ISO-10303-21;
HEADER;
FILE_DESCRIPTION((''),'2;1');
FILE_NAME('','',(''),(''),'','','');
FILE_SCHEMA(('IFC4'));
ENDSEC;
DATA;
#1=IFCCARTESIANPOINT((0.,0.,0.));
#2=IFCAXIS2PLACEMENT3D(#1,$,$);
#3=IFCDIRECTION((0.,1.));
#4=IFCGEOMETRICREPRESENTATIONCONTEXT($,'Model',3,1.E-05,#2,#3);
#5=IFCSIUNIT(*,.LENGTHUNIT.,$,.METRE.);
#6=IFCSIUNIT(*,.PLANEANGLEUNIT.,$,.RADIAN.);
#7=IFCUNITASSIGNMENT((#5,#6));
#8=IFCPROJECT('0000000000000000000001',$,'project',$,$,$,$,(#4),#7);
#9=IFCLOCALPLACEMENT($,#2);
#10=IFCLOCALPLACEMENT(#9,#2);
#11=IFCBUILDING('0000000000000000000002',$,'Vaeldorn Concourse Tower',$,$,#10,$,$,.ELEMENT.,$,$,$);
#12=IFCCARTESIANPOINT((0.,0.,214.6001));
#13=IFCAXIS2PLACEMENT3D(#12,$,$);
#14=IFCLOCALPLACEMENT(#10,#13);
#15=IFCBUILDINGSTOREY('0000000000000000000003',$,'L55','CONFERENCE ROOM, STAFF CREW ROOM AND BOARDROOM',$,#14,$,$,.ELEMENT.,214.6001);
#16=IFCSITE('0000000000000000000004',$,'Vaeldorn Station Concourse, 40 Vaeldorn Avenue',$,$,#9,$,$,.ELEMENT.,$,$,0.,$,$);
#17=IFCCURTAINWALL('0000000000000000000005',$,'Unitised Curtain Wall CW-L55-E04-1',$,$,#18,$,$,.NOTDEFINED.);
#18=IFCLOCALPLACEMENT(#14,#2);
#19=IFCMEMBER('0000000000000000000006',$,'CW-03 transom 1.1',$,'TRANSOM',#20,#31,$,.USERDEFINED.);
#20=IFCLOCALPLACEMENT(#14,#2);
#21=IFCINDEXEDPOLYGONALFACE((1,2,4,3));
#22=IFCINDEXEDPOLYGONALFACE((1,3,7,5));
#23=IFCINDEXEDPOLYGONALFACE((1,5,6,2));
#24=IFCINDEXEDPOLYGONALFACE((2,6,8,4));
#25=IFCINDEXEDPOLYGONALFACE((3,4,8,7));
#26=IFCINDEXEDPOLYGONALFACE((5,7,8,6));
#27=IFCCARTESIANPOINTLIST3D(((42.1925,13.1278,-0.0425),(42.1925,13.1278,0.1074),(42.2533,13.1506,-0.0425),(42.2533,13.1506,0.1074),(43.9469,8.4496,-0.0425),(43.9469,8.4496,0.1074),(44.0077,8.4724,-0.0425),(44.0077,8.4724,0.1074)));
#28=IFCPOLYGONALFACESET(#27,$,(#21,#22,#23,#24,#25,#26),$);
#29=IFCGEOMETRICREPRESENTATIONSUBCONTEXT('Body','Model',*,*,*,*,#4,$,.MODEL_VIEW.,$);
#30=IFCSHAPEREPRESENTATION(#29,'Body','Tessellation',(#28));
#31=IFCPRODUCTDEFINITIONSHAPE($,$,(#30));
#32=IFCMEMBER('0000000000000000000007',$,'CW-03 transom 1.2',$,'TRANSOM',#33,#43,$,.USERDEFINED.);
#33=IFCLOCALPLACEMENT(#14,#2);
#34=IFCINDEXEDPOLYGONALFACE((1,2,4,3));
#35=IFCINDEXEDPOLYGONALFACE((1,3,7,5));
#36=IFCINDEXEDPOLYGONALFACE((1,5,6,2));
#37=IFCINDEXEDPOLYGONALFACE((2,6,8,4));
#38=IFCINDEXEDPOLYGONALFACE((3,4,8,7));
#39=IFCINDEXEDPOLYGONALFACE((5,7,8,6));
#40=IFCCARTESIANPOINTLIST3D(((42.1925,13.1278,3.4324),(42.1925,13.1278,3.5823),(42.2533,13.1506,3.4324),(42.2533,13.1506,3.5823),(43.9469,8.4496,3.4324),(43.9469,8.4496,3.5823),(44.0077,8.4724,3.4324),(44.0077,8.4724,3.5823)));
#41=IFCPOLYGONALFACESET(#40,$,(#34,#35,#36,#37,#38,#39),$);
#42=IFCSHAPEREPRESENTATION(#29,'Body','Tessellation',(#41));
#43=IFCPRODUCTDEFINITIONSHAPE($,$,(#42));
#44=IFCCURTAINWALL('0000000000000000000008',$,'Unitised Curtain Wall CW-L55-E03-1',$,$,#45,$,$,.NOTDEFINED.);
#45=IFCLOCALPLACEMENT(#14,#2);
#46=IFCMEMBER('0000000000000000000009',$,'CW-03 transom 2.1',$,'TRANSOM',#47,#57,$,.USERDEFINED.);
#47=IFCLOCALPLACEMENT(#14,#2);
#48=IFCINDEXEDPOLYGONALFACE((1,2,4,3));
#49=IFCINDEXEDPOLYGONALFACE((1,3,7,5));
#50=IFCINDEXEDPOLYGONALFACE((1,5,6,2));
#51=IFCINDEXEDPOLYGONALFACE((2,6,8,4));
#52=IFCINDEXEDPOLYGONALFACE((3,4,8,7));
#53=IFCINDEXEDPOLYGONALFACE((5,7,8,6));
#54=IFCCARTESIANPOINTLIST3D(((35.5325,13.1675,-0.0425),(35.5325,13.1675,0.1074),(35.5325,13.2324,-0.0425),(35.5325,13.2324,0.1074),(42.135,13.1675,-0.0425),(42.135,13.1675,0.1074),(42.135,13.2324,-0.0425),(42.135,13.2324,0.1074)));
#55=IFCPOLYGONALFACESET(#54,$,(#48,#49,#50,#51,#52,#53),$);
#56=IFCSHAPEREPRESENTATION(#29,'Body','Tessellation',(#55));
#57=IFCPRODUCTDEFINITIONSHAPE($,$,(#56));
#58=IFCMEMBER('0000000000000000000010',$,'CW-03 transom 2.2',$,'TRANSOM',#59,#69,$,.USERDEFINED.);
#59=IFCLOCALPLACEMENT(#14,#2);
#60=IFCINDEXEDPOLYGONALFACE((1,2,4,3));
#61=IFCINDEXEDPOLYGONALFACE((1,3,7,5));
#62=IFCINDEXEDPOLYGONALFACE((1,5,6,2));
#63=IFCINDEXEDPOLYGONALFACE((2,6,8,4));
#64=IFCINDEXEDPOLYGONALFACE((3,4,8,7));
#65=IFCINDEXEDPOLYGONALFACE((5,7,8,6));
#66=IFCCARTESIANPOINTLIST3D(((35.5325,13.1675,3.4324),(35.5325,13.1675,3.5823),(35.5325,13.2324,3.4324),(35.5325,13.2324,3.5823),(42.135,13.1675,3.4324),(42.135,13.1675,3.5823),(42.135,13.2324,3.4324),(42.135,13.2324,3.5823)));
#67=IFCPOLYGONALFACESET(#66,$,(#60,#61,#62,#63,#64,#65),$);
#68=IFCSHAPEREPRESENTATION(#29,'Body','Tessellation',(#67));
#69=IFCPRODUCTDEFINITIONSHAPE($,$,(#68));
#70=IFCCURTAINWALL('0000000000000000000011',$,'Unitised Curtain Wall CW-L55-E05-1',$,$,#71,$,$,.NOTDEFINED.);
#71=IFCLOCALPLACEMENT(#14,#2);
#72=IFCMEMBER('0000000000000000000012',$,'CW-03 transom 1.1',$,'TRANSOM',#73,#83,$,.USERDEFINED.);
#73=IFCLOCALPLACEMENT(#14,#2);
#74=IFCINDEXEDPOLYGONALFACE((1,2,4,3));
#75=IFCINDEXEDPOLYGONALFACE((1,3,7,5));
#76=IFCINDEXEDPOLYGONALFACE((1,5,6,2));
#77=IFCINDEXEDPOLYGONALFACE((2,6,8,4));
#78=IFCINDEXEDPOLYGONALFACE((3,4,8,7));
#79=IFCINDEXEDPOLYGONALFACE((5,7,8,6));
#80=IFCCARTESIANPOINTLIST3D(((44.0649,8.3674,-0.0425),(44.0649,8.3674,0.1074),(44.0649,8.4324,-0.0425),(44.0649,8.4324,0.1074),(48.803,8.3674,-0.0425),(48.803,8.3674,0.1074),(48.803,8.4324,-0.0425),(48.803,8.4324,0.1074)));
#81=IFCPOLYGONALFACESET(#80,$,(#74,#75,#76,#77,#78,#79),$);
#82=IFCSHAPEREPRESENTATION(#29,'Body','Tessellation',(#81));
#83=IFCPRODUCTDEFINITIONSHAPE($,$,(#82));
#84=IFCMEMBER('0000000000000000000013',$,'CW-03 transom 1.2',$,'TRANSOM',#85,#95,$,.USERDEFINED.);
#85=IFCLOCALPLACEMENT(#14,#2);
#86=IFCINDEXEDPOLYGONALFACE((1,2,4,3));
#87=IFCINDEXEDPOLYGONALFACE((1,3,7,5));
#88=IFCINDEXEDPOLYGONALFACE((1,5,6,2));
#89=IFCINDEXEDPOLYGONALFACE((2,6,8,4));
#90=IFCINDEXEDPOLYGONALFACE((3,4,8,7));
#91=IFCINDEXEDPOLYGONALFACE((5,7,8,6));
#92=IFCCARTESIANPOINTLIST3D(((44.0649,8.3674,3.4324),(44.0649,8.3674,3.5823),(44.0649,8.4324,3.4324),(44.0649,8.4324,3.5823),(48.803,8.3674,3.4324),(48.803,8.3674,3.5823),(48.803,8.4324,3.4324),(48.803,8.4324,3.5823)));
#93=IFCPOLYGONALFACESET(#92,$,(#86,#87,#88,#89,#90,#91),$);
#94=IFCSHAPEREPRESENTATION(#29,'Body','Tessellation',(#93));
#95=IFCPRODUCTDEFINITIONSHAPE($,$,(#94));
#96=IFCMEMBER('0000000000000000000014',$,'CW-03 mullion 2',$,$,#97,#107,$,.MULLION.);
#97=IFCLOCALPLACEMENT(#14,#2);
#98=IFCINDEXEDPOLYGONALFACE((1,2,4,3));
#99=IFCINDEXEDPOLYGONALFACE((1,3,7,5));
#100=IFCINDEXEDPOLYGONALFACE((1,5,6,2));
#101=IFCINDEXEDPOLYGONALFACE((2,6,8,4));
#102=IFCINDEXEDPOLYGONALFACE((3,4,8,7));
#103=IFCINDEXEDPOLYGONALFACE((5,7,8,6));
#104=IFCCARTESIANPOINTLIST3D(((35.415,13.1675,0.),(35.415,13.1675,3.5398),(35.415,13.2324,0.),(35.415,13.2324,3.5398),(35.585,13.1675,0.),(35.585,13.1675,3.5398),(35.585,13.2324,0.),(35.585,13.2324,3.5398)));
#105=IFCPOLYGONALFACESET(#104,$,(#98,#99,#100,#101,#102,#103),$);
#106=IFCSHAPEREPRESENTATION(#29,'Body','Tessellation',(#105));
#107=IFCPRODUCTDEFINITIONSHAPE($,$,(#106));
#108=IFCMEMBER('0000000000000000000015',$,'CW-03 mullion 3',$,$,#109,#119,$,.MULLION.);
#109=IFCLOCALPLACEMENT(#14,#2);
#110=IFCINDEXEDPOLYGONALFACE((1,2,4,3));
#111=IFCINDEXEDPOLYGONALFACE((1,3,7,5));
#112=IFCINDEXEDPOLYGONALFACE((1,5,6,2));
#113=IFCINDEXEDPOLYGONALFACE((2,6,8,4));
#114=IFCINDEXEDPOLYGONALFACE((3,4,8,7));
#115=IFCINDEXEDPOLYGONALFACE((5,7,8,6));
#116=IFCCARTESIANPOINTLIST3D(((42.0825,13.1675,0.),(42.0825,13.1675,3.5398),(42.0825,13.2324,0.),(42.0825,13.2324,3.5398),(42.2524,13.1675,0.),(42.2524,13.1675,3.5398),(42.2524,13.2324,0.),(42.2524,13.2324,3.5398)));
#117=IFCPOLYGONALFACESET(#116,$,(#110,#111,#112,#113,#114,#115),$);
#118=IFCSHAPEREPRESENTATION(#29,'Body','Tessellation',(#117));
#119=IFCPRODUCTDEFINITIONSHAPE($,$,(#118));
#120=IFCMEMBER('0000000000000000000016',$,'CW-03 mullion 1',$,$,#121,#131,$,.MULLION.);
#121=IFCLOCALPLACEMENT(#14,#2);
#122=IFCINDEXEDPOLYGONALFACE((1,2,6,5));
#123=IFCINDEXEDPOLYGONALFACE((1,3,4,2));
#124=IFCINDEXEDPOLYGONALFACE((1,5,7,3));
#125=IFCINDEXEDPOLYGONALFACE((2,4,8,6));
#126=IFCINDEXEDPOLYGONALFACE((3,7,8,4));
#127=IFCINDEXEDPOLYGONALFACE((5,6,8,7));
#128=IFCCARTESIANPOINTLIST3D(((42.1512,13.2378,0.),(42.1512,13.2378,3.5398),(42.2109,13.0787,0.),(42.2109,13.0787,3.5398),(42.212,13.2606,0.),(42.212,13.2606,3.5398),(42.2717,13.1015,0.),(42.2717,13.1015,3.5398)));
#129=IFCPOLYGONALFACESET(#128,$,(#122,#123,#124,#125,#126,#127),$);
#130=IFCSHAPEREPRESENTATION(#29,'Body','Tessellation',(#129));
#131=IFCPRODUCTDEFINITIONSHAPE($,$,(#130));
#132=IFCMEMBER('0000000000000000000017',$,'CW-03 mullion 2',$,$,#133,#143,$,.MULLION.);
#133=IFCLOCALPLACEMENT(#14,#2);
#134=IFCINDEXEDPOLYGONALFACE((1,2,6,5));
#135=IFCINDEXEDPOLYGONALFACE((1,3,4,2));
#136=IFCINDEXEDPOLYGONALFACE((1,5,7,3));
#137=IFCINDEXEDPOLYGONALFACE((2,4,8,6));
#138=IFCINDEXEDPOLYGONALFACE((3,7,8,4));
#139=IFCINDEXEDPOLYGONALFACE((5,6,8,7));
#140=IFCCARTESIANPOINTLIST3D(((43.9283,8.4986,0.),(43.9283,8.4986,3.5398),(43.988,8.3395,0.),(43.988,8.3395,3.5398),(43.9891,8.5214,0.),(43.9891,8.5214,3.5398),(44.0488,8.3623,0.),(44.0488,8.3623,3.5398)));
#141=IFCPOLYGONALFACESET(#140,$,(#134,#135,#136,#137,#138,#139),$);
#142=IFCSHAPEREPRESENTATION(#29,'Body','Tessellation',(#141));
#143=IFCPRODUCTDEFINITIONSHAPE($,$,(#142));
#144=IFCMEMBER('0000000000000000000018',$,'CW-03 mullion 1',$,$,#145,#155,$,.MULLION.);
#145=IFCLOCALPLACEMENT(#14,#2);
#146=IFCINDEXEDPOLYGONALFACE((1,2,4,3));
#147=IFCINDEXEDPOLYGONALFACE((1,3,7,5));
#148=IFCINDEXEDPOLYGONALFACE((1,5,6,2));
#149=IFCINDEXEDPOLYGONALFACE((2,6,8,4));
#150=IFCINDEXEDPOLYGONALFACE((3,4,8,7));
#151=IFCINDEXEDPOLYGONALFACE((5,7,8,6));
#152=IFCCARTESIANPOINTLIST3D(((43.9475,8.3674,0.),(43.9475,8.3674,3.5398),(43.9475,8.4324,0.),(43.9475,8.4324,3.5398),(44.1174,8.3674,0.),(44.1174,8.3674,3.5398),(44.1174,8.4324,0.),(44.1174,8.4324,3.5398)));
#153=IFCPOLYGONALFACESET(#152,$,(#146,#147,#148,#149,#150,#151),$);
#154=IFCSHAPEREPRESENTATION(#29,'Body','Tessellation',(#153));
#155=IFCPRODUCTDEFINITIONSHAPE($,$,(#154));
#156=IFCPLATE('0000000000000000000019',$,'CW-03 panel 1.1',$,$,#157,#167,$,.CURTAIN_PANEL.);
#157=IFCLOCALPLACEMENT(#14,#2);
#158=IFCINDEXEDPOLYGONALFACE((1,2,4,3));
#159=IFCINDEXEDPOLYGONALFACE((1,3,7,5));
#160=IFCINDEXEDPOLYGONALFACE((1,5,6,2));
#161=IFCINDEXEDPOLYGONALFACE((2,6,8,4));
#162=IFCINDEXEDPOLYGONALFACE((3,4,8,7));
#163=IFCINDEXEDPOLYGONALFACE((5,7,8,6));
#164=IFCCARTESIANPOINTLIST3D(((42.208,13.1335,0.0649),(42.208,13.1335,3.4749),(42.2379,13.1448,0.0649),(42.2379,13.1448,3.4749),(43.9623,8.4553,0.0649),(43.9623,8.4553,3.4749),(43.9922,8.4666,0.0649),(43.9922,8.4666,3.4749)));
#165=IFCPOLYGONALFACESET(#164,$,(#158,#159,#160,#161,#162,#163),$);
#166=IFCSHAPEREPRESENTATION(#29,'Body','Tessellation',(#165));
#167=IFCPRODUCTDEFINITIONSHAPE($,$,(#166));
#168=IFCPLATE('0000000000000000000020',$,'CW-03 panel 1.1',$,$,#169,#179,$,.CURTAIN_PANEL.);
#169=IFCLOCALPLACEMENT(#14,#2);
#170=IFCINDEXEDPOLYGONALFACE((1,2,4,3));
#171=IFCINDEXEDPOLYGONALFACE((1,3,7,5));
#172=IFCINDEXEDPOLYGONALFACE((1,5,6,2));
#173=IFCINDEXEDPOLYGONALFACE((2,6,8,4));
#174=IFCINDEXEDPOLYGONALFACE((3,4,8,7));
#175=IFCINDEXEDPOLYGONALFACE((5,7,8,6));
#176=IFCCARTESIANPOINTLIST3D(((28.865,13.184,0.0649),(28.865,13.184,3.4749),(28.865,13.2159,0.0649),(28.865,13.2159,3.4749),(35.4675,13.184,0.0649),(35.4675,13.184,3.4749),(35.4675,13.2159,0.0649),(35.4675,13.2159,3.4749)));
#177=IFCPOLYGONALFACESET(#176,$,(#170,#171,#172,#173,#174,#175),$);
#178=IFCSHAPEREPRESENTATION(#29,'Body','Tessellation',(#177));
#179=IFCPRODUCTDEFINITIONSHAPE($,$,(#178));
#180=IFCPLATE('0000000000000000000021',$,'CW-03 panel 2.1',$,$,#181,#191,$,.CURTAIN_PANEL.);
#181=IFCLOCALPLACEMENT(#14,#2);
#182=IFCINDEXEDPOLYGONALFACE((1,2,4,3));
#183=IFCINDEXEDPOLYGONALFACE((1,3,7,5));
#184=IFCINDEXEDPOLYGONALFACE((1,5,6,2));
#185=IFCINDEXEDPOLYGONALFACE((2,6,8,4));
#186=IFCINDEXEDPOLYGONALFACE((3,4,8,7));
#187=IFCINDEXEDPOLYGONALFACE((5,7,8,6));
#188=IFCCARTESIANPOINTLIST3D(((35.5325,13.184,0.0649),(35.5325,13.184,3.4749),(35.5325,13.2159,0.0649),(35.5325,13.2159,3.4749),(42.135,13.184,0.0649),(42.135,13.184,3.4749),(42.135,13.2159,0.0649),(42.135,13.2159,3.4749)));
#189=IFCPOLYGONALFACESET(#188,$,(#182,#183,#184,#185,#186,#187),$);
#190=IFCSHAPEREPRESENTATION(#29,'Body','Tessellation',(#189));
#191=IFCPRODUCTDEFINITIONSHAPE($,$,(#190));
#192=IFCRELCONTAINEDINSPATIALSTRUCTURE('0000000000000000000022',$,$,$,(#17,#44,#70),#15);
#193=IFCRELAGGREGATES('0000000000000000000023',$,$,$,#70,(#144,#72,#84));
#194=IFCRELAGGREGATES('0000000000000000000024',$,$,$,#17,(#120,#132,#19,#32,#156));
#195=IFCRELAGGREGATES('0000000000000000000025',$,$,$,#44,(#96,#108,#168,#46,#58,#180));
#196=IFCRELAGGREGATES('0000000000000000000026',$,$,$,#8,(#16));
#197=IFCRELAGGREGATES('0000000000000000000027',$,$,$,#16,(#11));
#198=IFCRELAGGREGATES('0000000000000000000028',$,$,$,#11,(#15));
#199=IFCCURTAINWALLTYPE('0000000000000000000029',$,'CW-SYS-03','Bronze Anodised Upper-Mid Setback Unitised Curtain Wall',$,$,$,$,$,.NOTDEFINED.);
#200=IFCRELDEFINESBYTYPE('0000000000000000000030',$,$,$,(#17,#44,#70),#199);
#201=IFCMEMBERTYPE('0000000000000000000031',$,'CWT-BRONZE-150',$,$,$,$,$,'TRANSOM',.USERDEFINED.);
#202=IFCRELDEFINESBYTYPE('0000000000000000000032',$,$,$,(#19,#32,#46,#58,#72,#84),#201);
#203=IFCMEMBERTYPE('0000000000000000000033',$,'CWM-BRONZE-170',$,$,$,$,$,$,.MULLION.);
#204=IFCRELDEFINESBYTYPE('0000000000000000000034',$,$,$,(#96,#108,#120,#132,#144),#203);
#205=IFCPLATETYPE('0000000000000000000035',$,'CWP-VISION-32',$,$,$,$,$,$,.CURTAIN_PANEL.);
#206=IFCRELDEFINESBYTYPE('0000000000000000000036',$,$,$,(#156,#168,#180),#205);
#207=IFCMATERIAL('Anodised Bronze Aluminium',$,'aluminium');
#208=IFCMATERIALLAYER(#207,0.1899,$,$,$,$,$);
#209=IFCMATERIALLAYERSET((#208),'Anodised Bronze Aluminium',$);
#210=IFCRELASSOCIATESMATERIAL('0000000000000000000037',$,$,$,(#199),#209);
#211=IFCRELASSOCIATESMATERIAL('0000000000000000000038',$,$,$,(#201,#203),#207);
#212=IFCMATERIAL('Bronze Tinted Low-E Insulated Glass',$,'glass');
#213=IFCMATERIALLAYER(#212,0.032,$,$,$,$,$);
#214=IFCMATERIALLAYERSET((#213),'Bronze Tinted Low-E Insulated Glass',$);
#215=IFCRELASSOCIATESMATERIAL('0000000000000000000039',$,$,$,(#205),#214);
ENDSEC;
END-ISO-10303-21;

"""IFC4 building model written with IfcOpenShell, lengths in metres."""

from ifc_helpers import new_model, si_unit, direction, frame, origin, origin_2d, place, context, subcontext, project, spatial, rectangle, extrude, source, transform, mapped, material, layer, layer_set, material_profile, profile_set, type_object, element, aggregate, save


model = new_model("IFC4")

# Units and contexts
model_context = context("Model", 3, precision=1e-05, world=origin(), true_north=direction((0.0, 1.0)))
body_context = subcontext(model_context, "Body", "Model", "MODEL_VIEW")
ifc_project = project(units=[si_unit("LENGTHUNIT", "METRE"), si_unit("PLANEANGLEUNIT", "RADIAN")], contexts=[model_context])

# Site, building, storey
site_placement = place(None, origin())
site = spatial("IfcSite", under=ifc_project, at=site_placement, Name="Vaeldorn Station Concourse, 40 Vaeldorn Avenue", CompositionType="ELEMENT", RefElevation=0.0)
building_placement = place(site_placement, origin())
building = spatial("IfcBuilding", under=site, at=building_placement, Name="Vaeldorn Concourse Tower", CompositionType="ELEMENT")
storey_placement = place(building_placement, frame((0.0, 0.0, 214.6001)))
storey = spatial("IfcBuildingStorey", under=building, at=storey_placement, Name="L55", Description="CONFERENCE ROOM, STAFF CREW ROOM AND BOARDROOM", CompositionType="ELEMENT", Elevation=214.6001)

# Curtain walls, members
ifc_material_1 = material(Name="Anodised Bronze Aluminium", Category="aluminium")
ifc_layer_1 = layer(ifc_material_1, 0.1899)
ifc_layer_set_1 = layer_set([ifc_layer_1], Name="Anodised Bronze Aluminium")
curtain_wall_type = type_object("IfcCurtainWallType", Name="CW-SYS-03", Description="Bronze Anodised Upper-Mid Setback Unitised Curtain Wall", PredefinedType="NOTDEFINED", material=ifc_layer_set_1)
curtain_wall_1_placement = place(storey_placement, origin())
curtain_wall_1 = element("IfcCurtainWall", 1, at=curtain_wall_1_placement, inside=storey, type_object=curtain_wall_type, Name="Unitised Curtain Wall CW-L55-E04-1", PredefinedType="NOTDEFINED")
ifc_material_profile_1 = material_profile(ifc_material_1, rectangle(XDim=0.0649, YDim=0.1499, at=origin_2d()), Name="CWT 65x150")
ifc_profile_set_1 = profile_set([ifc_material_profile_1], Name="Anodised Bronze Aluminium")
member_type_1 = type_object("IfcMemberType", Name="CWT-BRONZE-150", ElementType="TRANSOM", PredefinedType="USERDEFINED", material=ifc_profile_set_1)
shared_shape_1 = source(origin(), body_context, "Body", "SweptSolid", [
    extrude(rectangle(XDim=0.0649, YDim=0.1499, at=origin_2d()), origin(), (0.0, 0.0, 1.0), 4.9963),
])
member_1_placement = place(storey_placement, frame((42.2229, 13.1392, 0.0325), z_axis=(0.351134, -0.936325, 0.0), x_axis=(0.936325, 0.351134, 0.0)))
member_1 = element("IfcMember", 2, at=member_1_placement, type_object=member_type_1, Name="CW-03 transom 1.1", ObjectType="TRANSOM", PredefinedType="USERDEFINED", context=body_context, shape_type="MappedRepresentation", body=[
    mapped(shared_shape_1, transform((0.0, 0.0, 0.0), scale=1.0)),
])
member_2_placement = place(storey_placement, frame((42.2229, 13.1392, 3.5073), z_axis=(0.351134, -0.936325, 0.0), x_axis=(0.936325, 0.351134, 0.0)))
member_2 = element("IfcMember", 3, at=member_2_placement, type_object=member_type_1, Name="CW-03 transom 1.2", ObjectType="TRANSOM", PredefinedType="USERDEFINED", context=body_context, shape_type="MappedRepresentation", body=[
    mapped(shared_shape_1, transform((0.0, 0.0, 0.0), scale=1.0)),
])
curtain_wall_2_placement = place(storey_placement, origin())
curtain_wall_2 = element("IfcCurtainWall", 4, at=curtain_wall_2_placement, inside=storey, type_object=curtain_wall_type, Name="Unitised Curtain Wall CW-L55-E03-1", PredefinedType="NOTDEFINED")
shared_shape_2 = source(origin(), body_context, "Body", "SweptSolid", [
    extrude(rectangle(XDim=0.0649, YDim=0.1499, at=origin_2d()), origin(), (0.0, 0.0, 1.0), 6.6025),
])
member_3_placement = place(storey_placement, frame((35.5325, 13.2, 0.0325), z_axis=(1.0, 0.0, 0.0), x_axis=(0.0, 1.0, 0.0)))
member_3 = element("IfcMember", 5, at=member_3_placement, type_object=member_type_1, Name="CW-03 transom 2.1", ObjectType="TRANSOM", PredefinedType="USERDEFINED", context=body_context, shape_type="MappedRepresentation", body=[
    mapped(shared_shape_2, transform((0.0, 0.0, 0.0), scale=1.0)),
])
member_4_placement = place(storey_placement, frame((35.5325, 13.2, 3.5073), z_axis=(1.0, 0.0, 0.0), x_axis=(0.0, 1.0, 0.0)))
member_4 = element("IfcMember", 6, at=member_4_placement, type_object=member_type_1, Name="CW-03 transom 2.2", ObjectType="TRANSOM", PredefinedType="USERDEFINED", context=body_context, shape_type="MappedRepresentation", body=[
    mapped(shared_shape_2, transform((0.0, 0.0, 0.0), scale=1.0)),
])
curtain_wall_3_placement = place(storey_placement, origin())
curtain_wall_3 = element("IfcCurtainWall", 7, at=curtain_wall_3_placement, inside=storey, type_object=curtain_wall_type, Name="Unitised Curtain Wall CW-L55-E05-1", PredefinedType="NOTDEFINED")
shared_shape_3 = source(origin(), body_context, "Body", "SweptSolid", [
    extrude(rectangle(XDim=0.0649, YDim=0.1499, at=origin_2d()), origin(), (0.0, 0.0, 1.0), 4.738),
])
member_5_placement = place(storey_placement, frame((44.0649, 8.3999, 0.0325), z_axis=(1.0, 0.0, 0.0), x_axis=(0.0, 1.0, 0.0)))
member_5 = element("IfcMember", 8, at=member_5_placement, type_object=member_type_1, Name="CW-03 transom 1.1", ObjectType="TRANSOM", PredefinedType="USERDEFINED", context=body_context, shape_type="MappedRepresentation", body=[
    mapped(shared_shape_3, transform((0.0, 0.0, 0.0), scale=1.0)),
])
member_6_placement = place(storey_placement, frame((44.0649, 8.3999, 3.5073), z_axis=(1.0, 0.0, 0.0), x_axis=(0.0, 1.0, 0.0)))
member_6 = element("IfcMember", 9, at=member_6_placement, type_object=member_type_1, Name="CW-03 transom 1.2", ObjectType="TRANSOM", PredefinedType="USERDEFINED", context=body_context, shape_type="MappedRepresentation", body=[
    mapped(shared_shape_3, transform((0.0, 0.0, 0.0), scale=1.0)),
])

# Members
ifc_material_profile_2 = material_profile(ifc_material_1, rectangle(XDim=0.0649, YDim=0.1699, at=origin_2d()), Name="CWM 65x170")
ifc_profile_set_2 = profile_set([ifc_material_profile_2], Name="Anodised Bronze Aluminium")
member_type_2 = type_object("IfcMemberType", Name="CWM-BRONZE-170", PredefinedType="MULLION", material=ifc_profile_set_2)
shared_shape_4 = source(origin(), body_context, "Body", "SweptSolid", [
    extrude(rectangle(XDim=0.0649, YDim=0.1699, at=origin_2d()), origin(), (0.0, 0.0, 1.0), 3.5398),
])
member_7_placement = place(storey_placement, frame((35.5, 13.2, 0.0), z_axis=(0.0, 0.0, 1.0), x_axis=(0.0, 1.0, 0.0)))
member_7 = element("IfcMember", 10, at=member_7_placement, type_object=member_type_2, Name="CW-03 mullion 2", PredefinedType="MULLION", context=body_context, shape_type="MappedRepresentation", body=[
    mapped(shared_shape_4, transform((0.0, 0.0, 0.0), scale=1.0)),
])
member_8_placement = place(storey_placement, frame((42.1675, 13.2, 0.0), z_axis=(0.0, 0.0, 1.0), x_axis=(0.0, 1.0, 0.0)))
member_8 = element("IfcMember", 11, at=member_8_placement, type_object=member_type_2, Name="CW-03 mullion 3", PredefinedType="MULLION", context=body_context, shape_type="MappedRepresentation", body=[
    mapped(shared_shape_4, transform((0.0, 0.0, 0.0), scale=1.0)),
])
member_9_placement = place(storey_placement, frame((42.2114, 13.1697, 0.0), z_axis=(0.0, 0.0, 1.0), x_axis=(0.936329, 0.351123, 0.0)))
member_9 = element("IfcMember", 12, at=member_9_placement, type_object=member_type_2, Name="CW-03 mullion 1", PredefinedType="MULLION", context=body_context, shape_type="MappedRepresentation", body=[
    mapped(shared_shape_4, transform((0.0, 0.0, 0.0), scale=1.0)),
])
member_10_placement = place(storey_placement, frame((43.9885, 8.4304, 0.0), z_axis=(0.0, 0.0, 1.0), x_axis=(0.936329, 0.351123, 0.0)))
member_10 = element("IfcMember", 13, at=member_10_placement, type_object=member_type_2, Name="CW-03 mullion 2", PredefinedType="MULLION", context=body_context, shape_type="MappedRepresentation", body=[
    mapped(shared_shape_4, transform((0.0, 0.0, 0.0), scale=1.0)),
])
member_11_placement = place(storey_placement, frame((44.0325, 8.3999, 0.0), z_axis=(0.0, 0.0, 1.0), x_axis=(0.0, 1.0, 0.0)))
member_11 = element("IfcMember", 14, at=member_11_placement, type_object=member_type_2, Name="CW-03 mullion 1", PredefinedType="MULLION", context=body_context, shape_type="MappedRepresentation", body=[
    mapped(shared_shape_4, transform((0.0, 0.0, 0.0), scale=1.0)),
])
aggregate(curtain_wall_3, [member_11, member_5, member_6])

# Plates
ifc_material_2 = material(Name="Bronze Tinted Low-E Insulated Glass", Category="glass")
ifc_layer_2 = layer(ifc_material_2, 0.032)
ifc_layer_set_2 = layer_set([ifc_layer_2], Name="Bronze Tinted Low-E Insulated Glass")
plate_type = type_object("IfcPlateType", Name="CWP-VISION-32", PredefinedType="CURTAIN_PANEL", material=ifc_layer_set_2)
shared_shape_5 = source(origin(), body_context, "Body", "SweptSolid", [
    extrude(rectangle(XDim=4.9963, YDim=0.032, at=origin_2d()), origin(), (0.0, 0.0, 1.0), 3.4099),
])
plate_1_placement = place(storey_placement, frame((43.1001, 10.8, 0.0649), z_axis=(0.0, 0.0, 1.0), x_axis=(0.351123, -0.936329, 0.0)))
plate_1 = element("IfcPlate", 15, at=plate_1_placement, type_object=plate_type, Name="CW-03 panel 1.1", PredefinedType="CURTAIN_PANEL", context=body_context, shape_type="MappedRepresentation", body=[
    mapped(shared_shape_5, transform((0.0, 0.0, 0.0), scale=1.0)),
])
aggregate(curtain_wall_1, [member_9, member_10, member_1, member_2, plate_1])
shared_shape_6 = source(origin(), body_context, "Body", "SweptSolid", [
    extrude(rectangle(XDim=6.6025, YDim=0.032, at=origin_2d()), origin(), (0.0, 0.0, 1.0), 3.4099),
])
plate_2_placement = place(storey_placement, frame((32.1663, 13.2, 0.0649), z_axis=(0.0, 0.0, 1.0), x_axis=(1.0, 0.0, 0.0)))
plate_2 = element("IfcPlate", 16, at=plate_2_placement, type_object=plate_type, Name="CW-03 panel 1.1", PredefinedType="CURTAIN_PANEL", context=body_context, shape_type="MappedRepresentation", body=[
    mapped(shared_shape_6, transform((0.0, 0.0, 0.0), scale=1.0)),
])
plate_3_placement = place(storey_placement, frame((38.8337, 13.2, 0.0649), z_axis=(0.0, 0.0, 1.0), x_axis=(1.0, 0.0, 0.0)))
plate_3 = element("IfcPlate", 17, at=plate_3_placement, type_object=plate_type, Name="CW-03 panel 2.1", PredefinedType="CURTAIN_PANEL", context=body_context, shape_type="MappedRepresentation", body=[
    mapped(shared_shape_6, transform((0.0, 0.0, 0.0), scale=1.0)),
])
aggregate(curtain_wall_2, [member_7, member_8, plate_2, member_3, member_4, plate_3])

save(model, "model.ifc")
